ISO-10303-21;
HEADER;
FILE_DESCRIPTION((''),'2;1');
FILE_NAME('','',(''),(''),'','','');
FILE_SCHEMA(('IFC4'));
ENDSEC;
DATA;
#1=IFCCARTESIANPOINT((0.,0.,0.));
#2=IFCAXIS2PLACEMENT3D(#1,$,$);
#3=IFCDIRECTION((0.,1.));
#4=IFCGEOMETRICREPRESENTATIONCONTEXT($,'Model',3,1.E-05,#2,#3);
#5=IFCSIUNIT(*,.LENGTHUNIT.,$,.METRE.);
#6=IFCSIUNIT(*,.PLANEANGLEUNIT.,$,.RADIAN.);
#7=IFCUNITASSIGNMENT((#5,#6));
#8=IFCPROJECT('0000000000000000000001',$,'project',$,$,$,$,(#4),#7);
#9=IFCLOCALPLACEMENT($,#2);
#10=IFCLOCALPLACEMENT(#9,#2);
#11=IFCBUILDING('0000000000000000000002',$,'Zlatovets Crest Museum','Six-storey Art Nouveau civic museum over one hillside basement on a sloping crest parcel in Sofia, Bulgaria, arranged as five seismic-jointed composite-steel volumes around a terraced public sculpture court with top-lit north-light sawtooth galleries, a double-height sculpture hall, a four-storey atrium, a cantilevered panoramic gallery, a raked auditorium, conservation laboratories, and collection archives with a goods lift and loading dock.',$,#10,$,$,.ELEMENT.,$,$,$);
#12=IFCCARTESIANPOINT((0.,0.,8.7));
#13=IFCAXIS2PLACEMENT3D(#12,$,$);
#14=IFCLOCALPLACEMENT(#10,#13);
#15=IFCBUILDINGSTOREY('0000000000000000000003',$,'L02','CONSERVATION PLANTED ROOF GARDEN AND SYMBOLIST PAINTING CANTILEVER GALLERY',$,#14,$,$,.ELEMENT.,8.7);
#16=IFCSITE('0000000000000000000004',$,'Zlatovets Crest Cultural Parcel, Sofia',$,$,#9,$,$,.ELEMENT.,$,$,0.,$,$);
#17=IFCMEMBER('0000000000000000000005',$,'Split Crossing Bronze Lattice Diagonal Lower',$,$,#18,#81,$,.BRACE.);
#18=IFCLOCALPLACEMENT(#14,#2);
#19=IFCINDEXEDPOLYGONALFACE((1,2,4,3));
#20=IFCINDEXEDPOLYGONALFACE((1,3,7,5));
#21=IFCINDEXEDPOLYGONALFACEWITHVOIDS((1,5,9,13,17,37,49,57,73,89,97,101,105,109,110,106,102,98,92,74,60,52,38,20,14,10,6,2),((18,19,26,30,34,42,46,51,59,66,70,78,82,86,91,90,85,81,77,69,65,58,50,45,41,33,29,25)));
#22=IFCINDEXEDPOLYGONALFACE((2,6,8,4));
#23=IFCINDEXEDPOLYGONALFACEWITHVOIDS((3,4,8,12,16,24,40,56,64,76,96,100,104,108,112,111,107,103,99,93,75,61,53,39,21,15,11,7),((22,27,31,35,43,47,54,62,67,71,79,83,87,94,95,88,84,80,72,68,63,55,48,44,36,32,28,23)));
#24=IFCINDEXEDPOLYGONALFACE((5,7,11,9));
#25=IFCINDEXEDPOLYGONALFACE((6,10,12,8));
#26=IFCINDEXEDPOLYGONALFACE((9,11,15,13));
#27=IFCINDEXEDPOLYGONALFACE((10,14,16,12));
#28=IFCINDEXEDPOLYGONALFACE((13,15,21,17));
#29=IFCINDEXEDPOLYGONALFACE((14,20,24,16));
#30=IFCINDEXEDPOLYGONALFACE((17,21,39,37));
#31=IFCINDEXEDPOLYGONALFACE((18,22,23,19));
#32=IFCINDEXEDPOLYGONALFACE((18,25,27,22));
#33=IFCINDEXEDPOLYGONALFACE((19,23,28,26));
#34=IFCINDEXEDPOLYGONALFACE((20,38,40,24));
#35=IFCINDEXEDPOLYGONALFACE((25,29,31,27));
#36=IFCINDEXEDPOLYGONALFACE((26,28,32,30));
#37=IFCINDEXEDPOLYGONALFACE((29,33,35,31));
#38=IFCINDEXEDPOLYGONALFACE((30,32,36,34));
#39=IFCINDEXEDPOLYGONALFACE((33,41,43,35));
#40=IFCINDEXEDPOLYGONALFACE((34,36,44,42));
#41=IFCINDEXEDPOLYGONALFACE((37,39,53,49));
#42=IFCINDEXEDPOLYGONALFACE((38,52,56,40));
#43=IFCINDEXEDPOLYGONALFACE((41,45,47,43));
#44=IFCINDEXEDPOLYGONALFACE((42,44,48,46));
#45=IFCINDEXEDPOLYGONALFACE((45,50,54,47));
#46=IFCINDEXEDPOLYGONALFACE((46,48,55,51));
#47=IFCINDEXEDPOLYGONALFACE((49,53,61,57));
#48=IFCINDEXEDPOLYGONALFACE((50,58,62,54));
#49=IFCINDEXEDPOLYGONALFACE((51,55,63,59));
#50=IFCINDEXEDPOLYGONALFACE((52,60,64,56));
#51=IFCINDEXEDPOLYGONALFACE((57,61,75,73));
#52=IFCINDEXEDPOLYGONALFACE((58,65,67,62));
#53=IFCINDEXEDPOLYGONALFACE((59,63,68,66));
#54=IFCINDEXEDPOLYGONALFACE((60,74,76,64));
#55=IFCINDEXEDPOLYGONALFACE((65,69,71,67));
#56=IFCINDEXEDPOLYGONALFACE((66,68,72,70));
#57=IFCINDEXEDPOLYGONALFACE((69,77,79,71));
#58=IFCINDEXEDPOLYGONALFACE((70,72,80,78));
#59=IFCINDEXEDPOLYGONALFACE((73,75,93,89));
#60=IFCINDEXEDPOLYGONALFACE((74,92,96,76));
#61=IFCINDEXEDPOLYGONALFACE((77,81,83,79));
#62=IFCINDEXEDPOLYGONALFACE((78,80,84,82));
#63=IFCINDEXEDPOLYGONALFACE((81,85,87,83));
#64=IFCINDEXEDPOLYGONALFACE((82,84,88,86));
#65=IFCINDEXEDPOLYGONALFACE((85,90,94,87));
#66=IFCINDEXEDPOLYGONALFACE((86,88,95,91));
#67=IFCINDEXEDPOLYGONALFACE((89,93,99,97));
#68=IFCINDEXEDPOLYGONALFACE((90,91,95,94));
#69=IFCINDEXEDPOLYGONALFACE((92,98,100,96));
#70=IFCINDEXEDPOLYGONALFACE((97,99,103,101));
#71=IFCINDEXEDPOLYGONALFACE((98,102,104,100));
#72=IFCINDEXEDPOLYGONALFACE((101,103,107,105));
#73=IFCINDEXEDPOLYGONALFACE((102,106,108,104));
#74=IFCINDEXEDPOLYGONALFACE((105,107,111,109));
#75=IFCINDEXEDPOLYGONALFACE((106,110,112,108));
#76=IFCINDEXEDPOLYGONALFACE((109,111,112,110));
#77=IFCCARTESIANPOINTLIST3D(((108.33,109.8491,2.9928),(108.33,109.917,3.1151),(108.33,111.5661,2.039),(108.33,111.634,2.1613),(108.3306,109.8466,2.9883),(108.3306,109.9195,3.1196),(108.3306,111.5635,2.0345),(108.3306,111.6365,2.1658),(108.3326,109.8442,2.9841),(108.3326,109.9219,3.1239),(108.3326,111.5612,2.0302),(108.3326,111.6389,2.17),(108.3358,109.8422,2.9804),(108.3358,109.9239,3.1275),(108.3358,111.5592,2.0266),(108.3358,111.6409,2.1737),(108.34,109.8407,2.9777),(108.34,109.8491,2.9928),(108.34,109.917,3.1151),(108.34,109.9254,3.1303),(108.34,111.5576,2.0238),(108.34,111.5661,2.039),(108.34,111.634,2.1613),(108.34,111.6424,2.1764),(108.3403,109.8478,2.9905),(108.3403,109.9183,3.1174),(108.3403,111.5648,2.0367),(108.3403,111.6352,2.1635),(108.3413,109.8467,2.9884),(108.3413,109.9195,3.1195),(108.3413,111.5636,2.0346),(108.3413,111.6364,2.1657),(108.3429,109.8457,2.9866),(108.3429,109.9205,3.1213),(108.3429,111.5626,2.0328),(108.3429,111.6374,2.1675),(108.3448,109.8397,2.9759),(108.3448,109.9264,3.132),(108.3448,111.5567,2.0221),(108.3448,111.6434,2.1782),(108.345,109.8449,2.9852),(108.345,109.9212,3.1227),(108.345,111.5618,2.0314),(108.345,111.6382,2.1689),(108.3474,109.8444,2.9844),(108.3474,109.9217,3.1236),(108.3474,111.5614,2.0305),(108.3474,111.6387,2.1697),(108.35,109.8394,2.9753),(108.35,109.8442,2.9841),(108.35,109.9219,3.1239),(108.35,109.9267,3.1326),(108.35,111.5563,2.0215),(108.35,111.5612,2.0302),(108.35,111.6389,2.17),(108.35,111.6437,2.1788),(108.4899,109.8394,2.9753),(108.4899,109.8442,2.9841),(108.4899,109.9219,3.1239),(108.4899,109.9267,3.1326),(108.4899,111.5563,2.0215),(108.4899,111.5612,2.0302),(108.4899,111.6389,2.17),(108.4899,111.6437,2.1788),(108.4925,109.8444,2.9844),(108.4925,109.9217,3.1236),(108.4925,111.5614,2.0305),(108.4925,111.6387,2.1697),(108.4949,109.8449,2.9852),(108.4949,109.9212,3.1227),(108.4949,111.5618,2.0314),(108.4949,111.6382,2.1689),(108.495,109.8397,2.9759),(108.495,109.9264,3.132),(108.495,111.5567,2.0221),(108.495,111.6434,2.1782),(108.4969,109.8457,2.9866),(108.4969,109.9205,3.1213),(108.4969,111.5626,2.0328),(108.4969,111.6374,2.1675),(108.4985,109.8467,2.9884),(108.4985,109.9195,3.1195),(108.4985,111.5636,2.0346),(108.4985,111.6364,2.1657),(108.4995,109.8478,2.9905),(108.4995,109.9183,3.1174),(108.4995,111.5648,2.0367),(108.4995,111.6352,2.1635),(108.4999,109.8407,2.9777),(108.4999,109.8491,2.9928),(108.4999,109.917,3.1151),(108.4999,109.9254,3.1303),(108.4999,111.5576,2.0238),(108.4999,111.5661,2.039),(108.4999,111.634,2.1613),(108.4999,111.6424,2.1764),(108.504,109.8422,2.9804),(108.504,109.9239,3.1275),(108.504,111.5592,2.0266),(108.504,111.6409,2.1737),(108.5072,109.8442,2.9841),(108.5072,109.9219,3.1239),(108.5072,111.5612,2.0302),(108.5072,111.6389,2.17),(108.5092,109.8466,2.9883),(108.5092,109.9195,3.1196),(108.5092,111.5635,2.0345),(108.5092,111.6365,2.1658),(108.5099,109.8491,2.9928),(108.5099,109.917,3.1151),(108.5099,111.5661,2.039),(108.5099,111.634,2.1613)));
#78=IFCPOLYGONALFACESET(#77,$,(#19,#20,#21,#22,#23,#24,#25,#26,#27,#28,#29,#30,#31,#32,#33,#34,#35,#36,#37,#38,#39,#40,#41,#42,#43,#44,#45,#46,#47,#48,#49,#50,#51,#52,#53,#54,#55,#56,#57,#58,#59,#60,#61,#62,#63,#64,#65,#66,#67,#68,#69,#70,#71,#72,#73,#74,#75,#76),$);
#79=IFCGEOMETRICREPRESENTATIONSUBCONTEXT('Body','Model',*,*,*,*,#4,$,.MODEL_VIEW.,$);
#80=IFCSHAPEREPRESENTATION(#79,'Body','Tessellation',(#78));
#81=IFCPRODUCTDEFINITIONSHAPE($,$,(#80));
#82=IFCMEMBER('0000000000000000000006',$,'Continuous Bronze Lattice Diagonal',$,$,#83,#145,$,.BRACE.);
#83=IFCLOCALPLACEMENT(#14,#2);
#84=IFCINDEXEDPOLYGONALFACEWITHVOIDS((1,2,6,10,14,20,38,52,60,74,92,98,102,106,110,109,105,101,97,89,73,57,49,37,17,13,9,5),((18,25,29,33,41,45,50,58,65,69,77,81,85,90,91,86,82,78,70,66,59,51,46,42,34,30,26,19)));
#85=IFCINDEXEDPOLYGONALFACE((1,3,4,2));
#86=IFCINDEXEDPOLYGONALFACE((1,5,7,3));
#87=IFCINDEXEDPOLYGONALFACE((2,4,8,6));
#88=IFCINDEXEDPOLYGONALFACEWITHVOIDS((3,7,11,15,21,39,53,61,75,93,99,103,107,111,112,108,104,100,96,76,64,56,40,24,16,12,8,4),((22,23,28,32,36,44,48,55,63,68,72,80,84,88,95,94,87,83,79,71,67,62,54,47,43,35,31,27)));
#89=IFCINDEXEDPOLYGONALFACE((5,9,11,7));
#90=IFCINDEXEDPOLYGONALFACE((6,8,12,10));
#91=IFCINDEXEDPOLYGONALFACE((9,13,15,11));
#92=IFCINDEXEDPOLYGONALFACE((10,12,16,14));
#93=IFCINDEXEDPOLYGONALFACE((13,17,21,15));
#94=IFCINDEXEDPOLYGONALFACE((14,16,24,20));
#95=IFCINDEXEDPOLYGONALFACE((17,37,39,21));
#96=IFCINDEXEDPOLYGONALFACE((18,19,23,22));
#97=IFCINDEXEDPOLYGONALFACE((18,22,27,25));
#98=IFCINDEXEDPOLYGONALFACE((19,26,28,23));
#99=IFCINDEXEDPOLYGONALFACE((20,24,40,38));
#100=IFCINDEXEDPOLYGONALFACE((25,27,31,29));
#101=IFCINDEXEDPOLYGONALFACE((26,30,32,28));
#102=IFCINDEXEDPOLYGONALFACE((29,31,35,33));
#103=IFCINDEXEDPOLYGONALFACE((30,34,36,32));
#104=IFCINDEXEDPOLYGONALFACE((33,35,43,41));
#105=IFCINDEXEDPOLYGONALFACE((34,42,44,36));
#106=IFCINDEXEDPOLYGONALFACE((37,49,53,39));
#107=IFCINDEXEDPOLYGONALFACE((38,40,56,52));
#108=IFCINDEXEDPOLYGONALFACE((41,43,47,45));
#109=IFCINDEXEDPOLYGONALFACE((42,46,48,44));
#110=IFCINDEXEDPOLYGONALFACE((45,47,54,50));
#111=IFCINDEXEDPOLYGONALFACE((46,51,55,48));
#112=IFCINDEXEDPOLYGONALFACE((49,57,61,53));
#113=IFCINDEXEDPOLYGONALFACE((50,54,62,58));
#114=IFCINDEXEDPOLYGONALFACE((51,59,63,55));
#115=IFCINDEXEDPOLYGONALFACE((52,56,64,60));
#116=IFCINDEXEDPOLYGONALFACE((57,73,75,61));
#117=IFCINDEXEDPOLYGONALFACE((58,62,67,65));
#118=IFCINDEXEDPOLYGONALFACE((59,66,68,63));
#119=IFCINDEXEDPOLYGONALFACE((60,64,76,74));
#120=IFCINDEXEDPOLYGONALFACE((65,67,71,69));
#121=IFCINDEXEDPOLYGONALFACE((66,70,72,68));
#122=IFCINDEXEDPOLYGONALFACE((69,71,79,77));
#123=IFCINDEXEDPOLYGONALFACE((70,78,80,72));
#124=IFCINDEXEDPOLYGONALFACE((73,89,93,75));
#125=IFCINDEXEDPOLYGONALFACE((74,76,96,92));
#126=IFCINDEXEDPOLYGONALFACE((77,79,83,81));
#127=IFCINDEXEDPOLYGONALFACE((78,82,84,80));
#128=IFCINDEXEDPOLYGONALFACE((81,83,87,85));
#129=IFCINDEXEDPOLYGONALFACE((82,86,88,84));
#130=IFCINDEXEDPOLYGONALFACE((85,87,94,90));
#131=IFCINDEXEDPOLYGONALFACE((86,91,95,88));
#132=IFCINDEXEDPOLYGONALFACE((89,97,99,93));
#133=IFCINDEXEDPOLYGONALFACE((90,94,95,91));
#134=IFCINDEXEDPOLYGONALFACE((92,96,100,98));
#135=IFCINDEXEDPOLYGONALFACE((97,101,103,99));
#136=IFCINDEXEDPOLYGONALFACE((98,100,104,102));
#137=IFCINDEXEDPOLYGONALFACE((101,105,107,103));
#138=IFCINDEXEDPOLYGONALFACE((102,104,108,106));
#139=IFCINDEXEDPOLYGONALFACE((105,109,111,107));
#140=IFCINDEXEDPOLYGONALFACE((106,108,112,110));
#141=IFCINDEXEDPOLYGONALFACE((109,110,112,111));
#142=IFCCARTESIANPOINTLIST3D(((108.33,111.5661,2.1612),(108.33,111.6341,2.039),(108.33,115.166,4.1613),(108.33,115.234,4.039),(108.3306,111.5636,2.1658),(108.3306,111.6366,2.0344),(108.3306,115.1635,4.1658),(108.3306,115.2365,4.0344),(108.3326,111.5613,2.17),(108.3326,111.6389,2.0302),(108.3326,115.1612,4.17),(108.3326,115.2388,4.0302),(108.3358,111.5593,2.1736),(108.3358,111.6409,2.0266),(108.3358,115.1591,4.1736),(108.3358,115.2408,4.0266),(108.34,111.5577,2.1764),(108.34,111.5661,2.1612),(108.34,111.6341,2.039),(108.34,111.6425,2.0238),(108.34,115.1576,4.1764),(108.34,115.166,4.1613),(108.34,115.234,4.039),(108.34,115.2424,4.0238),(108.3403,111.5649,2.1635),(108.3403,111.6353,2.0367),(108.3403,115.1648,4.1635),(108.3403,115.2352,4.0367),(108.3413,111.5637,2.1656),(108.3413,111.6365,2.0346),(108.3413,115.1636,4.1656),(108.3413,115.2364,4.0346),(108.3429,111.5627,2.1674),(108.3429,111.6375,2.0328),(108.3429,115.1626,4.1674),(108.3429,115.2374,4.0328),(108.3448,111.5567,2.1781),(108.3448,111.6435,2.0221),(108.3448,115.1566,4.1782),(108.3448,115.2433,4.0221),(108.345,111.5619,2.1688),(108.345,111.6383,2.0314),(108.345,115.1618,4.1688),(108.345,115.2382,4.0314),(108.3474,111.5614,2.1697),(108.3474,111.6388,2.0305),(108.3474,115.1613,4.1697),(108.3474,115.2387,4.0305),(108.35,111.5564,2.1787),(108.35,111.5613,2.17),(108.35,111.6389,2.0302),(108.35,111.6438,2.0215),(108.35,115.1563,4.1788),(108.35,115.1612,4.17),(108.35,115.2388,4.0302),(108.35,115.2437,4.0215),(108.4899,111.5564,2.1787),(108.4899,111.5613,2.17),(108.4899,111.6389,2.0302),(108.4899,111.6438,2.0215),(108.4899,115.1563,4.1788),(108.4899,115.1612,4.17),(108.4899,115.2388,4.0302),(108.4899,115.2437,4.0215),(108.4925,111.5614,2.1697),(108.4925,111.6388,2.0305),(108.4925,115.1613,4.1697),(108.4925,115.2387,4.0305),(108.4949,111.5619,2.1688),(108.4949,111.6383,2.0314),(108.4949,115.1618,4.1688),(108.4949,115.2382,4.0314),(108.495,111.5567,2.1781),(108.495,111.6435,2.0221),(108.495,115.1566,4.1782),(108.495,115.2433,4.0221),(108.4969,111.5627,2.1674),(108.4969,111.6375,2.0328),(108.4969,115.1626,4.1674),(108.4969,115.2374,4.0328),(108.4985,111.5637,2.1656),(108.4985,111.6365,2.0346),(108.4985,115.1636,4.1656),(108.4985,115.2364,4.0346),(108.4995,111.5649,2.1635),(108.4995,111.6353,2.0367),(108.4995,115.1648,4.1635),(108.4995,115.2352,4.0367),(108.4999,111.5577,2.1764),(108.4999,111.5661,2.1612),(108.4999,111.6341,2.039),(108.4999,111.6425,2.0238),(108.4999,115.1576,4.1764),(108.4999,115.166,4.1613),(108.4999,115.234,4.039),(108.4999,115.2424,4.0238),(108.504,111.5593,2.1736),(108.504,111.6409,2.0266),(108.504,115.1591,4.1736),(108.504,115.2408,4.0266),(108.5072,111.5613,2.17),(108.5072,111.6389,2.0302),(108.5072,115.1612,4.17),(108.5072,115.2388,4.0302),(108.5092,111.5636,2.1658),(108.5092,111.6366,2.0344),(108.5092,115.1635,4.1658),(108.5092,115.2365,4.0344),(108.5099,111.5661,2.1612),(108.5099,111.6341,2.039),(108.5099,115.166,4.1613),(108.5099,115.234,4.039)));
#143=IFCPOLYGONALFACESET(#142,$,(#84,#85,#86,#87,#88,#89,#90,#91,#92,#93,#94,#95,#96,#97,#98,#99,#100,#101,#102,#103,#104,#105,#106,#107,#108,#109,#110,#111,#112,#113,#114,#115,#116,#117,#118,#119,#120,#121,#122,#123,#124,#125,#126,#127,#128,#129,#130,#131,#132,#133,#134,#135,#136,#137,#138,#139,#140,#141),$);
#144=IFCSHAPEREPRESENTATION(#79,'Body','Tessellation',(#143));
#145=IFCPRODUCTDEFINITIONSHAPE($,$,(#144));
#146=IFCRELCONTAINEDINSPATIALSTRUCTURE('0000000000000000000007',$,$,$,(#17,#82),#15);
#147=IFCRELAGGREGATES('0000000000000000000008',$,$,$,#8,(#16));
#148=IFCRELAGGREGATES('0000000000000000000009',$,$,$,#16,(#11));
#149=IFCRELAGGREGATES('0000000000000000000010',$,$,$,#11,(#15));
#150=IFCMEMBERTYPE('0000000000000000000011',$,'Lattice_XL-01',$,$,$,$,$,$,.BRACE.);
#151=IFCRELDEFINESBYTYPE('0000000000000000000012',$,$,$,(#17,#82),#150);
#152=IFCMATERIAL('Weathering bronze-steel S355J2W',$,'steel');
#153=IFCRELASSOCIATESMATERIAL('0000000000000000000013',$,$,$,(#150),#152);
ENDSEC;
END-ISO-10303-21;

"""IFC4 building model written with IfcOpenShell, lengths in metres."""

from ifc_helpers import new_model, si_unit, direction, frame, origin, origin_2d, place, context, subcontext, project, spatial, hollow_rectangle, extrude, material, material_profile, profile_set, type_object, element, save


model = new_model("IFC4")

# Units and contexts
model_context = context("Model", 3, precision=1e-05, world=origin(), true_north=direction((0.0, 1.0)))
body_context = subcontext(model_context, "Body", "Model", "MODEL_VIEW")
ifc_project = project(units=[si_unit("LENGTHUNIT", "METRE"), si_unit("PLANEANGLEUNIT", "RADIAN")], contexts=[model_context])

# Site, building, storey
site_placement = place(None, origin())
site = spatial("IfcSite", under=ifc_project, at=site_placement, Name="Zlatovets Crest Cultural Parcel, Sofia", CompositionType="ELEMENT", RefElevation=0.0)
building_placement = place(site_placement, origin())
building = spatial("IfcBuilding", under=site, at=building_placement, Name="Zlatovets Crest Museum", Description="Six-storey Art Nouveau civic museum over one hillside basement on a sloping crest parcel in Sofia, Bulgaria, arranged as five seismic-jointed composite-steel volumes around a terraced public sculpture court with top-lit north-light sawtooth galleries, a double-height sculpture hall, a four-storey atrium, a cantilevered panoramic gallery, a raked auditorium, conservation laboratories, and collection archives with a goods lift and loading dock.", CompositionType="ELEMENT")
storey_placement = place(building_placement, frame((0.0, 0.0, 8.7)))
storey = spatial("IfcBuildingStorey", under=building, at=storey_placement, Name="L02", Description="CONSERVATION PLANTED ROOF GARDEN AND SYMBOLIST PAINTING CANTILEVER GALLERY", CompositionType="ELEMENT", Elevation=8.7)

# Members
ifc_material_1 = material(Name="Weathering bronze-steel S355J2W", Category="steel")
ifc_material_profile_1 = material_profile(ifc_material_1, hollow_rectangle(XDim=0.1799, YDim=0.1799, WallThickness=0.01, InnerFilletRadius=0.01, OuterFilletRadius=0.02, at=origin_2d()), Name="SHS 180x180x10.0")
ifc_profile_set_1 = profile_set([ifc_material_profile_1], Name="Weathering bronze-steel S355J2W")
member_type_1 = type_object("IfcMemberType", Name="Lattice_XL-01", PredefinedType="BRACE", material=ifc_profile_set_1)
for number, where, z_axis, x_axis, name in (
    (1, (108.4199, 109.8831, 3.054), (0.0, 0.874169, -0.485622), (-1.0, 0.0, 0.0), "Split Crossing Bronze Lattice Diagonal Lower"),
):
    element("IfcMember", number, at=place(storey_placement, frame(where, z_axis=z_axis, x_axis=x_axis)), inside=storey, type_object=member_type_1, Name=name, PredefinedType="BRACE", context=body_context, shape_type="SweptSolid", body=[
        extrude(hollow_rectangle(XDim=0.1799, YDim=0.1799, WallThickness=0.01, InnerFilletRadius=0.01, OuterFilletRadius=0.02, at=origin_2d()), origin(), (0.0, 0.0, 1.0), 1.9641),
    ])
member_1_placement = place(storey_placement, frame((108.4199, 111.6001, 2.1001), z_axis=(0.0, 0.874149, 0.485658), x_axis=(-1.0, 0.0, 0.0)))
element("IfcMember", 2, at=member_1_placement, inside=storey, type_object=member_type_1, Name="Continuous Bronze Lattice Diagonal", PredefinedType="BRACE", context=body_context, shape_type="SweptSolid", body=[
    extrude(hollow_rectangle(XDim=0.1799, YDim=0.1799, WallThickness=0.01, InnerFilletRadius=0.01, OuterFilletRadius=0.02, at=origin_2d()), origin(), (0.0, 0.0, 1.0), 4.1182),
])

save(model, "model.ifc")
